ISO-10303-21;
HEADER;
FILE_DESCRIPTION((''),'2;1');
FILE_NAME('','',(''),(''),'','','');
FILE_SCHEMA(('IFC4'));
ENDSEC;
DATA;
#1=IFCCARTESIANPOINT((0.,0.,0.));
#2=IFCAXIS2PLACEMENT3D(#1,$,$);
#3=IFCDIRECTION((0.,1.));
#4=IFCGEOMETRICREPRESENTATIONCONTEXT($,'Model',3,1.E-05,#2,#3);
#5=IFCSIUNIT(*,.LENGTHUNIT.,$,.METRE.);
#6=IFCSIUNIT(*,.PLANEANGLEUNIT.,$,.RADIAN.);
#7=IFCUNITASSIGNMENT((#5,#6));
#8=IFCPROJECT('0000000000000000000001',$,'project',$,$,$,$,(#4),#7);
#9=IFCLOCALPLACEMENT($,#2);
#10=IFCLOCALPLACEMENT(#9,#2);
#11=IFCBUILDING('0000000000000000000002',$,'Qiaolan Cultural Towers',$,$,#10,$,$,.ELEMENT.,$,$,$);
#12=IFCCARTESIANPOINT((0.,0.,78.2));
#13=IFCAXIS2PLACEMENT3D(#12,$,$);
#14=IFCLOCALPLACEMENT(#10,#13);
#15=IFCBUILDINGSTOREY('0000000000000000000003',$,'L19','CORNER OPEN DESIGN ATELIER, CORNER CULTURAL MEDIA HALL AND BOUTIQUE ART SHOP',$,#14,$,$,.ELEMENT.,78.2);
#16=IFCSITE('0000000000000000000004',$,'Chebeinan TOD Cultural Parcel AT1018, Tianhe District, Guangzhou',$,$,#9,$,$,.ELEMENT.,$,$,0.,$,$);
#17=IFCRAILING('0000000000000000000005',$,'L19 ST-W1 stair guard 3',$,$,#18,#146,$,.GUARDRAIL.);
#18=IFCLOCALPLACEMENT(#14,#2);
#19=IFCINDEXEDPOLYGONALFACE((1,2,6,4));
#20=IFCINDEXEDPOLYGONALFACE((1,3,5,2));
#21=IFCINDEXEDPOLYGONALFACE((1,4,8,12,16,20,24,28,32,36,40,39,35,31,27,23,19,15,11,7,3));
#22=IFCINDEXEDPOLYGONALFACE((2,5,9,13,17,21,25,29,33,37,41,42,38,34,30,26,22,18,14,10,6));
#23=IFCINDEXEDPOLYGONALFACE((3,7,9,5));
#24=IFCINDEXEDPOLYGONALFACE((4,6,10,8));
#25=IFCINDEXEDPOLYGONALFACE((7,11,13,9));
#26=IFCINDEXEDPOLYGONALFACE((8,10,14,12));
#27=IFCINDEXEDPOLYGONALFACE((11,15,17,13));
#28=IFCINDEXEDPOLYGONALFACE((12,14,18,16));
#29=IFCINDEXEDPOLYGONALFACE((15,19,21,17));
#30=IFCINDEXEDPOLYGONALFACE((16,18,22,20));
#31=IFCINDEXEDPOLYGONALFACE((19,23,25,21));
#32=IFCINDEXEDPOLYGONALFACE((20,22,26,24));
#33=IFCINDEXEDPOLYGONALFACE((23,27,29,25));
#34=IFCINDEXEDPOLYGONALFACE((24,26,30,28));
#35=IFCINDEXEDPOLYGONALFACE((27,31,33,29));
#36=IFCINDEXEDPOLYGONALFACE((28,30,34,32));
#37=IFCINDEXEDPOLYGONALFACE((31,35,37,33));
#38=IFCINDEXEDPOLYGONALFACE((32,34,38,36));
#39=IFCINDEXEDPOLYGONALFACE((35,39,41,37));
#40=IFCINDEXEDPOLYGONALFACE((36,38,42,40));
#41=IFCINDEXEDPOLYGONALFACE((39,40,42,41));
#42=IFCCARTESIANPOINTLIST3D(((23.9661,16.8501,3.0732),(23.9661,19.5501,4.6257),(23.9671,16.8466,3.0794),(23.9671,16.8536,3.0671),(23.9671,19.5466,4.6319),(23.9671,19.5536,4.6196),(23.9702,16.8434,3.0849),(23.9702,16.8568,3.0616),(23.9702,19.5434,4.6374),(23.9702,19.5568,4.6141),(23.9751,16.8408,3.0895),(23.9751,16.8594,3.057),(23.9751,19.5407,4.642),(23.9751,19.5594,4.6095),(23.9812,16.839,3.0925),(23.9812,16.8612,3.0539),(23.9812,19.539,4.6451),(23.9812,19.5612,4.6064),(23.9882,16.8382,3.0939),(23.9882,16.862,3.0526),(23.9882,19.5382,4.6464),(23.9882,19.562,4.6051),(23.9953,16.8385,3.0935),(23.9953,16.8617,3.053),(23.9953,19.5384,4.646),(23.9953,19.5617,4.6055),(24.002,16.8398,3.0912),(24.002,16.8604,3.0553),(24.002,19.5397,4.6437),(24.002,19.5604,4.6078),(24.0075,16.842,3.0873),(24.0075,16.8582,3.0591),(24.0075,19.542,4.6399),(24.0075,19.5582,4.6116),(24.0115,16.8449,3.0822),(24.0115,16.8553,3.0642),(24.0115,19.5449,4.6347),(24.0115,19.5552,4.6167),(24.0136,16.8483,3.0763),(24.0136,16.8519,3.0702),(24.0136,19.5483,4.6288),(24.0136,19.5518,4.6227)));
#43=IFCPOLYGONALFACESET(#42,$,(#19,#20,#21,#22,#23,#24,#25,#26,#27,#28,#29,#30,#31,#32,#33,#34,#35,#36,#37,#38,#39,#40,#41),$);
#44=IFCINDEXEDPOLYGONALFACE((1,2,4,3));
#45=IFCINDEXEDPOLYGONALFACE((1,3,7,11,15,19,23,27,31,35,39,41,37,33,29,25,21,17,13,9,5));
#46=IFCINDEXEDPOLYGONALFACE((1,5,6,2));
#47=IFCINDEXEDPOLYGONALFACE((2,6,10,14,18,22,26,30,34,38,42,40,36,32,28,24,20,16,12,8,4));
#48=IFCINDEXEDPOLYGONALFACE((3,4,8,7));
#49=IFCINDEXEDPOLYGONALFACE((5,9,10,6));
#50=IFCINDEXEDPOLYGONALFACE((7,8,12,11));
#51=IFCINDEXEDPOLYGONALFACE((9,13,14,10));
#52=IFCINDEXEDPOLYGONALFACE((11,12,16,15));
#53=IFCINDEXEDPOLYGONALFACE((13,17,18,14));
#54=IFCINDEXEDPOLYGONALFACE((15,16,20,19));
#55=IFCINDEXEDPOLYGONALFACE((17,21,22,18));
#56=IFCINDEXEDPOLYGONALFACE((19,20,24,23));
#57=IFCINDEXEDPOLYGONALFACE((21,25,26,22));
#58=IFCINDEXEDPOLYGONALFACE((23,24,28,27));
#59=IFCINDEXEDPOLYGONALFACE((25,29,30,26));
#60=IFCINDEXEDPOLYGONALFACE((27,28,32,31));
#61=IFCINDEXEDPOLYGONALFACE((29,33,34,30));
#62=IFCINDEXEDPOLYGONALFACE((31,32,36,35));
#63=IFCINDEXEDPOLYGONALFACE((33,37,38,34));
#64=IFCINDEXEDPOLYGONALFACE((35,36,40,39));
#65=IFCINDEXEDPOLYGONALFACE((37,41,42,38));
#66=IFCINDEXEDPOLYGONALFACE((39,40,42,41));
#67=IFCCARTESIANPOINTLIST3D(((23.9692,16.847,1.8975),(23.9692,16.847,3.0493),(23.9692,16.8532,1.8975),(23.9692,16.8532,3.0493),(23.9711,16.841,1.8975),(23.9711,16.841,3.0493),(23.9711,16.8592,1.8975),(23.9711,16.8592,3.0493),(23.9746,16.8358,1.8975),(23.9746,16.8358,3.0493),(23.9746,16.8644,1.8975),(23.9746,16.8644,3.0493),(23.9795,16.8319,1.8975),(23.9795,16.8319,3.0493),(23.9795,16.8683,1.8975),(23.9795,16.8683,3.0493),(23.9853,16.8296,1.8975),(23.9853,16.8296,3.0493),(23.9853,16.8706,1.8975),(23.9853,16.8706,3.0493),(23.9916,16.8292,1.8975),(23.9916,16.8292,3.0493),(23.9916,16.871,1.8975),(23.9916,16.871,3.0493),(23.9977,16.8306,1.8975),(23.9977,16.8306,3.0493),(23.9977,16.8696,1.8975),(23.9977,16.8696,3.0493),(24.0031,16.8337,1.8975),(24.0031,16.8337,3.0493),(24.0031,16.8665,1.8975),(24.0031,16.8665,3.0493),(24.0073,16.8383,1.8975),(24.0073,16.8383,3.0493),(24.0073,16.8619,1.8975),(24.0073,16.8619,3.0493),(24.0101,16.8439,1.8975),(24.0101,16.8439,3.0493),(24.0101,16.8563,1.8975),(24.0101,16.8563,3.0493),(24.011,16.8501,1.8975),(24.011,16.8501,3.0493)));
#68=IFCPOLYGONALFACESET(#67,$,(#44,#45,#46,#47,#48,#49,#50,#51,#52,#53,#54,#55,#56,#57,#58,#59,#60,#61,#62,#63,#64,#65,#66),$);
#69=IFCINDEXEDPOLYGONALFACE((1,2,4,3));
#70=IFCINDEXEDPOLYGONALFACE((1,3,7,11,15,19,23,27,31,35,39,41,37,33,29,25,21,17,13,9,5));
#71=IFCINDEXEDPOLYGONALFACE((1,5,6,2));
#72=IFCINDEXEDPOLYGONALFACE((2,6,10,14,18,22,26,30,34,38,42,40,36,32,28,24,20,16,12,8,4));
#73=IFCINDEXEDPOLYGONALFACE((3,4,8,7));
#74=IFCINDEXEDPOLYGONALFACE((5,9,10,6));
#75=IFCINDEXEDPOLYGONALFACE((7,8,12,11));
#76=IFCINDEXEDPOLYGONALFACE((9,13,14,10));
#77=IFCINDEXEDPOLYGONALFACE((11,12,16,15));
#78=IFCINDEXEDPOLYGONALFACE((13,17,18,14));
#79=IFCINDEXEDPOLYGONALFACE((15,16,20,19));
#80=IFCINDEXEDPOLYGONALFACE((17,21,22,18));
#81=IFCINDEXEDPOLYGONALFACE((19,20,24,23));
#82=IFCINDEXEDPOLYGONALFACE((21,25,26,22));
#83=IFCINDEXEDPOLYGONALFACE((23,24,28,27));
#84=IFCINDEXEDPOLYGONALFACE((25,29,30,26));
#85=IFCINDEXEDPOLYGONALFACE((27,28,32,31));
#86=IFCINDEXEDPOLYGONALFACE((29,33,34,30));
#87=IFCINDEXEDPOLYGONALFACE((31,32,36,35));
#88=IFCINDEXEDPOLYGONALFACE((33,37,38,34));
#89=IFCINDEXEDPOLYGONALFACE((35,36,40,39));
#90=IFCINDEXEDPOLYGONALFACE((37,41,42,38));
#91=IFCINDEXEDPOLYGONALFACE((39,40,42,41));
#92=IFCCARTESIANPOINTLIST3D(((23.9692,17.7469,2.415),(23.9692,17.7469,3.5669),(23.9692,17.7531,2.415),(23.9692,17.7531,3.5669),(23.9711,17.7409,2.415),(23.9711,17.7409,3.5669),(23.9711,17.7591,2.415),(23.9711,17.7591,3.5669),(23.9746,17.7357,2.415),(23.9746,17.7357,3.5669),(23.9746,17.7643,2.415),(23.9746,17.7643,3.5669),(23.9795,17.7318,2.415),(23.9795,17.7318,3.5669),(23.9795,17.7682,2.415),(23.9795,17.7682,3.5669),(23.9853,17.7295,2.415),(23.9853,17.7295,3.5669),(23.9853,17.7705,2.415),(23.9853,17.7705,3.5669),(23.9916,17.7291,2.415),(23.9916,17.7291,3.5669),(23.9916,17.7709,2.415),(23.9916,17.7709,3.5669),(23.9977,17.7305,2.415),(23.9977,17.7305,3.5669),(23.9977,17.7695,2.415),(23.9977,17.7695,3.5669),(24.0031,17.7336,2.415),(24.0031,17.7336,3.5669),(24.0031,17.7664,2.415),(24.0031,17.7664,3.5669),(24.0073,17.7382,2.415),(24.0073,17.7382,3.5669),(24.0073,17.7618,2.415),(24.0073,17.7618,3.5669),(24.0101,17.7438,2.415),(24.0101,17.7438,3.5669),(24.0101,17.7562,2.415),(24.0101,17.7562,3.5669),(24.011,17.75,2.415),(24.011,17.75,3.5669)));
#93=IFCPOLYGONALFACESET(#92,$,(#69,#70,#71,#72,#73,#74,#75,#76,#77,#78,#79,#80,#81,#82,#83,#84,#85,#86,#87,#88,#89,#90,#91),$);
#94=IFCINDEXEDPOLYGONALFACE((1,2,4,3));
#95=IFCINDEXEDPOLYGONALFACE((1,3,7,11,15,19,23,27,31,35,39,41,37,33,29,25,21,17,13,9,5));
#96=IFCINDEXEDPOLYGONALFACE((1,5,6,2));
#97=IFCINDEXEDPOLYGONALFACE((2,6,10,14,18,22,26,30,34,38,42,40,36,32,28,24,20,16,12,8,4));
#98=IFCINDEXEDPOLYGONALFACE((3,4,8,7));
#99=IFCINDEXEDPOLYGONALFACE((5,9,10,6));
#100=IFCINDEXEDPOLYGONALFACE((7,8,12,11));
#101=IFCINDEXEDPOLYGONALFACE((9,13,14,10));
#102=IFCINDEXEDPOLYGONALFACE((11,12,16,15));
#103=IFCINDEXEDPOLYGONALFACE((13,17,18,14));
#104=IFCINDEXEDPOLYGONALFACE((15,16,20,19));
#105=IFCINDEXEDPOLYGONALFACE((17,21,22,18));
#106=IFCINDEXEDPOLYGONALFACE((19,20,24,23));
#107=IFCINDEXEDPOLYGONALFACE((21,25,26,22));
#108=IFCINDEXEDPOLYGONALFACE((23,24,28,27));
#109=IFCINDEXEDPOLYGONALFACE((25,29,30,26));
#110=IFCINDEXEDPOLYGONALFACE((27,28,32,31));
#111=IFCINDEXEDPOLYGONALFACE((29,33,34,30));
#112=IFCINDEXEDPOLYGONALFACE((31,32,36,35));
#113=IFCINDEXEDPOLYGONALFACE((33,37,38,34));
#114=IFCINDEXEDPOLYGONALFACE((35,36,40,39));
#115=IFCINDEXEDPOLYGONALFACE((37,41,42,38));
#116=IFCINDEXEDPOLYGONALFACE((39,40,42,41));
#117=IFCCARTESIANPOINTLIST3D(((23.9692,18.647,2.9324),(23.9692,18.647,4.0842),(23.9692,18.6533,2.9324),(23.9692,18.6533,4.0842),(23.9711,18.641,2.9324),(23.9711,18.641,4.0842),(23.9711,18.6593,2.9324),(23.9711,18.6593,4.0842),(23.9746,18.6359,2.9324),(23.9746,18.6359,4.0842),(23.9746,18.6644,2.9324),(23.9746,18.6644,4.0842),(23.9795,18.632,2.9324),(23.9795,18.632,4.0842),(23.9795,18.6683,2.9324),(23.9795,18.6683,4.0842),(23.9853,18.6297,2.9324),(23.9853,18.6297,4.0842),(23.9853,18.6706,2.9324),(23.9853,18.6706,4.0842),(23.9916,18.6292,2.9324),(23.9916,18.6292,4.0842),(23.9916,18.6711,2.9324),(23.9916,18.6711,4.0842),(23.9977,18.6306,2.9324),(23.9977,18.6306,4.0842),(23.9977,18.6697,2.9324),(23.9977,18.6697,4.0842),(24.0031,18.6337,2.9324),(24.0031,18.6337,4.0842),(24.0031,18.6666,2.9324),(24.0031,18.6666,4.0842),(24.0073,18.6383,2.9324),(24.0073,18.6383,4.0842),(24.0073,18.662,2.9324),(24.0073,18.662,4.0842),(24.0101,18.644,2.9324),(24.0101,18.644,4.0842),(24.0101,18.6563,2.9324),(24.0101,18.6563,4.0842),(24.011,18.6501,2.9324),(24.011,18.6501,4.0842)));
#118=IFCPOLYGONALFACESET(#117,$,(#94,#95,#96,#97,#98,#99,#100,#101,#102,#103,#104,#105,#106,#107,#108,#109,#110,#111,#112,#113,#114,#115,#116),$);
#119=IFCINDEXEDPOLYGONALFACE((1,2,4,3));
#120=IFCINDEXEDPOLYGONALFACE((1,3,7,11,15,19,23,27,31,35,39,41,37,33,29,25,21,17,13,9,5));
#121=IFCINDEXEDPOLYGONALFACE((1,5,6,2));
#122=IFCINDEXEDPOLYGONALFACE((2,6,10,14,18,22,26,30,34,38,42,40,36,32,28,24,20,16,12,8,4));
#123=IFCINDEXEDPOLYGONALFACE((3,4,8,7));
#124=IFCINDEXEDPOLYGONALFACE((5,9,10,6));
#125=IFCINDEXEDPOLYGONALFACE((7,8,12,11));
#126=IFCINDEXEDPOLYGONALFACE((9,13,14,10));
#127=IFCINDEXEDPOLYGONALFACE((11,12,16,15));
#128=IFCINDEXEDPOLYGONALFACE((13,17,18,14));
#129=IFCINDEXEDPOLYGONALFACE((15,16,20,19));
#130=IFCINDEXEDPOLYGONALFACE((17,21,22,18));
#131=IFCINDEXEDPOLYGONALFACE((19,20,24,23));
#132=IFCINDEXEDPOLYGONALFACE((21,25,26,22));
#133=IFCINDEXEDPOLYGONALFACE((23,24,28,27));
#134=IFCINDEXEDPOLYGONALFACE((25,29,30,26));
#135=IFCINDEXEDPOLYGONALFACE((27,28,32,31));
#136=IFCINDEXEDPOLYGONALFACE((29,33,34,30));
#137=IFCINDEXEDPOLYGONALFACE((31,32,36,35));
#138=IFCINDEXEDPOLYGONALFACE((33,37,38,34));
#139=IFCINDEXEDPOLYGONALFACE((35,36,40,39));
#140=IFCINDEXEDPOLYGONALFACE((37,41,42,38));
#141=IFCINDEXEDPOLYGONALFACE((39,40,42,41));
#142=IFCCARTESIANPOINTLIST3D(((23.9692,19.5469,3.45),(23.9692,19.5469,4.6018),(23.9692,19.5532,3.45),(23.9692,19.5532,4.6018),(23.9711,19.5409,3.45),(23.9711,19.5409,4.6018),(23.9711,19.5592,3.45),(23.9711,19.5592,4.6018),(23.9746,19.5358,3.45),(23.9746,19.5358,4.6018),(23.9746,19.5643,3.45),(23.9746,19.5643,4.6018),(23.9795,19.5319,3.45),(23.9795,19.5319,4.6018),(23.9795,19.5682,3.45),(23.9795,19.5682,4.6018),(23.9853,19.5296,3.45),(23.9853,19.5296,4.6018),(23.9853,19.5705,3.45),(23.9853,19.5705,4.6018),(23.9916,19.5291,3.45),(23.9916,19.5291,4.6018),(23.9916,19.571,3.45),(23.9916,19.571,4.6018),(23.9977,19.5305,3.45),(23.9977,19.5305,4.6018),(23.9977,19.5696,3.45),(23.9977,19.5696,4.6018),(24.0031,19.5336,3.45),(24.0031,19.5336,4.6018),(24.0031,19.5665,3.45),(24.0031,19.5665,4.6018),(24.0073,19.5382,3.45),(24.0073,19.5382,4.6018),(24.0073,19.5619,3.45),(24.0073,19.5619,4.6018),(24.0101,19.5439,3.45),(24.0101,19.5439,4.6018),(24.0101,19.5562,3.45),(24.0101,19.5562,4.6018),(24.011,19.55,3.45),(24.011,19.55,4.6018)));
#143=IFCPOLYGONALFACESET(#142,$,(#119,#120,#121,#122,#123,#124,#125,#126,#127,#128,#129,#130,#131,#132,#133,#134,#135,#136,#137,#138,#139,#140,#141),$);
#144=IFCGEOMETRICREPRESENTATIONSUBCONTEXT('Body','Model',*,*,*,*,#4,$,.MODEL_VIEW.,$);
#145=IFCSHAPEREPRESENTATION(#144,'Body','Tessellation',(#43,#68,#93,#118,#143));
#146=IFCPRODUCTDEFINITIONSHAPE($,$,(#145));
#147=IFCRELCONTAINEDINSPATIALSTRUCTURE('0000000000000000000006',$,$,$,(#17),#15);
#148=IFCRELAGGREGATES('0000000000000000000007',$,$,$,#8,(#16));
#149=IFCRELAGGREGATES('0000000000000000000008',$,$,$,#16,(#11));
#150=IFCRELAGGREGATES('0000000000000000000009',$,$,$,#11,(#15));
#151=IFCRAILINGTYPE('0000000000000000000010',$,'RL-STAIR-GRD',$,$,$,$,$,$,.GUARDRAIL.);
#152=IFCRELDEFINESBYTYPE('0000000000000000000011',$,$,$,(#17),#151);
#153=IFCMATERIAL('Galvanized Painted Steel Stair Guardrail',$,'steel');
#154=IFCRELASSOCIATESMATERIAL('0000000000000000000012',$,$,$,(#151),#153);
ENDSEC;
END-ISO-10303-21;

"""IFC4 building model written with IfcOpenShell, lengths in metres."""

from ifc_helpers import new_model, si_unit, direction, frame, origin, origin_2d, place, context, subcontext, project, spatial, circle, extrude, material, type_object, element, save


model = new_model("IFC4")

# Units and contexts
model_context = context("Model", 3, precision=1e-05, world=origin(), true_north=direction((0.0, 1.0)))
body_context = subcontext(model_context, "Body", "Model", "MODEL_VIEW")
ifc_project = project(units=[si_unit("LENGTHUNIT", "METRE"), si_unit("PLANEANGLEUNIT", "RADIAN")], contexts=[model_context])

# Site, building, storey
site_placement = place(None, origin())
site = spatial("IfcSite", under=ifc_project, at=site_placement, Name="Chebeinan TOD Cultural Parcel AT1018, Tianhe District, Guangzhou", CompositionType="ELEMENT", RefElevation=0.0)
building_placement = place(site_placement, origin())
building = spatial("IfcBuilding", under=site, at=building_placement, Name="Qiaolan Cultural Towers", CompositionType="ELEMENT")
storey_placement = place(building_placement, frame((0.0, 0.0, 78.2)))
storey = spatial("IfcBuildingStorey", under=building, at=storey_placement, Name="L19", Description="CORNER OPEN DESIGN ATELIER, CORNER CULTURAL MEDIA HALL AND BOUTIQUE ART SHOP", CompositionType="ELEMENT", Elevation=78.2)

# Railing
ifc_material_1 = material(Name="Galvanized Painted Steel Stair Guardrail", Category="steel")
railing_type_1 = type_object("IfcRailingType", Name="RL-STAIR-GRD", PredefinedType="GUARDRAIL", material=ifc_material_1)
railing_1_placement = place(storey_placement, frame((23.99, 16.8501, 1.8975)))
element("IfcRailing", 1, at=railing_1_placement, inside=storey, type_object=railing_type_1, Name="L19 ST-W1 stair guard 3", PredefinedType="GUARDRAIL", context=body_context, shape_type="SweptSolid", body=[
    extrude(circle(Radius=0.0239, at=origin_2d()), frame((0.0, 0.0, 1.1758), z_axis=(0.0, 0.866904, 0.498476), x_axis=(-1.0, 0.0, 0.0)), (0.0, 0.0, 1.0), 3.1145),
    extrude(circle(Radius=0.021, at=origin_2d()), origin(), (0.0, 0.0, 1.0), 1.1519),
    extrude(circle(Radius=0.021, at=origin_2d()), frame((0.0, 0.8999, 0.5176)), (0.0, 0.0, 1.0), 1.1519),
    extrude(circle(Radius=0.021, at=origin_2d()), frame((0.0, 1.8, 1.0349)), (0.0, 0.0, 1.0), 1.1519),
    extrude(circle(Radius=0.021, at=origin_2d()), frame((0.0, 2.7, 1.5525)), (0.0, 0.0, 1.0), 1.1519),
])

save(model, "model.ifc")
